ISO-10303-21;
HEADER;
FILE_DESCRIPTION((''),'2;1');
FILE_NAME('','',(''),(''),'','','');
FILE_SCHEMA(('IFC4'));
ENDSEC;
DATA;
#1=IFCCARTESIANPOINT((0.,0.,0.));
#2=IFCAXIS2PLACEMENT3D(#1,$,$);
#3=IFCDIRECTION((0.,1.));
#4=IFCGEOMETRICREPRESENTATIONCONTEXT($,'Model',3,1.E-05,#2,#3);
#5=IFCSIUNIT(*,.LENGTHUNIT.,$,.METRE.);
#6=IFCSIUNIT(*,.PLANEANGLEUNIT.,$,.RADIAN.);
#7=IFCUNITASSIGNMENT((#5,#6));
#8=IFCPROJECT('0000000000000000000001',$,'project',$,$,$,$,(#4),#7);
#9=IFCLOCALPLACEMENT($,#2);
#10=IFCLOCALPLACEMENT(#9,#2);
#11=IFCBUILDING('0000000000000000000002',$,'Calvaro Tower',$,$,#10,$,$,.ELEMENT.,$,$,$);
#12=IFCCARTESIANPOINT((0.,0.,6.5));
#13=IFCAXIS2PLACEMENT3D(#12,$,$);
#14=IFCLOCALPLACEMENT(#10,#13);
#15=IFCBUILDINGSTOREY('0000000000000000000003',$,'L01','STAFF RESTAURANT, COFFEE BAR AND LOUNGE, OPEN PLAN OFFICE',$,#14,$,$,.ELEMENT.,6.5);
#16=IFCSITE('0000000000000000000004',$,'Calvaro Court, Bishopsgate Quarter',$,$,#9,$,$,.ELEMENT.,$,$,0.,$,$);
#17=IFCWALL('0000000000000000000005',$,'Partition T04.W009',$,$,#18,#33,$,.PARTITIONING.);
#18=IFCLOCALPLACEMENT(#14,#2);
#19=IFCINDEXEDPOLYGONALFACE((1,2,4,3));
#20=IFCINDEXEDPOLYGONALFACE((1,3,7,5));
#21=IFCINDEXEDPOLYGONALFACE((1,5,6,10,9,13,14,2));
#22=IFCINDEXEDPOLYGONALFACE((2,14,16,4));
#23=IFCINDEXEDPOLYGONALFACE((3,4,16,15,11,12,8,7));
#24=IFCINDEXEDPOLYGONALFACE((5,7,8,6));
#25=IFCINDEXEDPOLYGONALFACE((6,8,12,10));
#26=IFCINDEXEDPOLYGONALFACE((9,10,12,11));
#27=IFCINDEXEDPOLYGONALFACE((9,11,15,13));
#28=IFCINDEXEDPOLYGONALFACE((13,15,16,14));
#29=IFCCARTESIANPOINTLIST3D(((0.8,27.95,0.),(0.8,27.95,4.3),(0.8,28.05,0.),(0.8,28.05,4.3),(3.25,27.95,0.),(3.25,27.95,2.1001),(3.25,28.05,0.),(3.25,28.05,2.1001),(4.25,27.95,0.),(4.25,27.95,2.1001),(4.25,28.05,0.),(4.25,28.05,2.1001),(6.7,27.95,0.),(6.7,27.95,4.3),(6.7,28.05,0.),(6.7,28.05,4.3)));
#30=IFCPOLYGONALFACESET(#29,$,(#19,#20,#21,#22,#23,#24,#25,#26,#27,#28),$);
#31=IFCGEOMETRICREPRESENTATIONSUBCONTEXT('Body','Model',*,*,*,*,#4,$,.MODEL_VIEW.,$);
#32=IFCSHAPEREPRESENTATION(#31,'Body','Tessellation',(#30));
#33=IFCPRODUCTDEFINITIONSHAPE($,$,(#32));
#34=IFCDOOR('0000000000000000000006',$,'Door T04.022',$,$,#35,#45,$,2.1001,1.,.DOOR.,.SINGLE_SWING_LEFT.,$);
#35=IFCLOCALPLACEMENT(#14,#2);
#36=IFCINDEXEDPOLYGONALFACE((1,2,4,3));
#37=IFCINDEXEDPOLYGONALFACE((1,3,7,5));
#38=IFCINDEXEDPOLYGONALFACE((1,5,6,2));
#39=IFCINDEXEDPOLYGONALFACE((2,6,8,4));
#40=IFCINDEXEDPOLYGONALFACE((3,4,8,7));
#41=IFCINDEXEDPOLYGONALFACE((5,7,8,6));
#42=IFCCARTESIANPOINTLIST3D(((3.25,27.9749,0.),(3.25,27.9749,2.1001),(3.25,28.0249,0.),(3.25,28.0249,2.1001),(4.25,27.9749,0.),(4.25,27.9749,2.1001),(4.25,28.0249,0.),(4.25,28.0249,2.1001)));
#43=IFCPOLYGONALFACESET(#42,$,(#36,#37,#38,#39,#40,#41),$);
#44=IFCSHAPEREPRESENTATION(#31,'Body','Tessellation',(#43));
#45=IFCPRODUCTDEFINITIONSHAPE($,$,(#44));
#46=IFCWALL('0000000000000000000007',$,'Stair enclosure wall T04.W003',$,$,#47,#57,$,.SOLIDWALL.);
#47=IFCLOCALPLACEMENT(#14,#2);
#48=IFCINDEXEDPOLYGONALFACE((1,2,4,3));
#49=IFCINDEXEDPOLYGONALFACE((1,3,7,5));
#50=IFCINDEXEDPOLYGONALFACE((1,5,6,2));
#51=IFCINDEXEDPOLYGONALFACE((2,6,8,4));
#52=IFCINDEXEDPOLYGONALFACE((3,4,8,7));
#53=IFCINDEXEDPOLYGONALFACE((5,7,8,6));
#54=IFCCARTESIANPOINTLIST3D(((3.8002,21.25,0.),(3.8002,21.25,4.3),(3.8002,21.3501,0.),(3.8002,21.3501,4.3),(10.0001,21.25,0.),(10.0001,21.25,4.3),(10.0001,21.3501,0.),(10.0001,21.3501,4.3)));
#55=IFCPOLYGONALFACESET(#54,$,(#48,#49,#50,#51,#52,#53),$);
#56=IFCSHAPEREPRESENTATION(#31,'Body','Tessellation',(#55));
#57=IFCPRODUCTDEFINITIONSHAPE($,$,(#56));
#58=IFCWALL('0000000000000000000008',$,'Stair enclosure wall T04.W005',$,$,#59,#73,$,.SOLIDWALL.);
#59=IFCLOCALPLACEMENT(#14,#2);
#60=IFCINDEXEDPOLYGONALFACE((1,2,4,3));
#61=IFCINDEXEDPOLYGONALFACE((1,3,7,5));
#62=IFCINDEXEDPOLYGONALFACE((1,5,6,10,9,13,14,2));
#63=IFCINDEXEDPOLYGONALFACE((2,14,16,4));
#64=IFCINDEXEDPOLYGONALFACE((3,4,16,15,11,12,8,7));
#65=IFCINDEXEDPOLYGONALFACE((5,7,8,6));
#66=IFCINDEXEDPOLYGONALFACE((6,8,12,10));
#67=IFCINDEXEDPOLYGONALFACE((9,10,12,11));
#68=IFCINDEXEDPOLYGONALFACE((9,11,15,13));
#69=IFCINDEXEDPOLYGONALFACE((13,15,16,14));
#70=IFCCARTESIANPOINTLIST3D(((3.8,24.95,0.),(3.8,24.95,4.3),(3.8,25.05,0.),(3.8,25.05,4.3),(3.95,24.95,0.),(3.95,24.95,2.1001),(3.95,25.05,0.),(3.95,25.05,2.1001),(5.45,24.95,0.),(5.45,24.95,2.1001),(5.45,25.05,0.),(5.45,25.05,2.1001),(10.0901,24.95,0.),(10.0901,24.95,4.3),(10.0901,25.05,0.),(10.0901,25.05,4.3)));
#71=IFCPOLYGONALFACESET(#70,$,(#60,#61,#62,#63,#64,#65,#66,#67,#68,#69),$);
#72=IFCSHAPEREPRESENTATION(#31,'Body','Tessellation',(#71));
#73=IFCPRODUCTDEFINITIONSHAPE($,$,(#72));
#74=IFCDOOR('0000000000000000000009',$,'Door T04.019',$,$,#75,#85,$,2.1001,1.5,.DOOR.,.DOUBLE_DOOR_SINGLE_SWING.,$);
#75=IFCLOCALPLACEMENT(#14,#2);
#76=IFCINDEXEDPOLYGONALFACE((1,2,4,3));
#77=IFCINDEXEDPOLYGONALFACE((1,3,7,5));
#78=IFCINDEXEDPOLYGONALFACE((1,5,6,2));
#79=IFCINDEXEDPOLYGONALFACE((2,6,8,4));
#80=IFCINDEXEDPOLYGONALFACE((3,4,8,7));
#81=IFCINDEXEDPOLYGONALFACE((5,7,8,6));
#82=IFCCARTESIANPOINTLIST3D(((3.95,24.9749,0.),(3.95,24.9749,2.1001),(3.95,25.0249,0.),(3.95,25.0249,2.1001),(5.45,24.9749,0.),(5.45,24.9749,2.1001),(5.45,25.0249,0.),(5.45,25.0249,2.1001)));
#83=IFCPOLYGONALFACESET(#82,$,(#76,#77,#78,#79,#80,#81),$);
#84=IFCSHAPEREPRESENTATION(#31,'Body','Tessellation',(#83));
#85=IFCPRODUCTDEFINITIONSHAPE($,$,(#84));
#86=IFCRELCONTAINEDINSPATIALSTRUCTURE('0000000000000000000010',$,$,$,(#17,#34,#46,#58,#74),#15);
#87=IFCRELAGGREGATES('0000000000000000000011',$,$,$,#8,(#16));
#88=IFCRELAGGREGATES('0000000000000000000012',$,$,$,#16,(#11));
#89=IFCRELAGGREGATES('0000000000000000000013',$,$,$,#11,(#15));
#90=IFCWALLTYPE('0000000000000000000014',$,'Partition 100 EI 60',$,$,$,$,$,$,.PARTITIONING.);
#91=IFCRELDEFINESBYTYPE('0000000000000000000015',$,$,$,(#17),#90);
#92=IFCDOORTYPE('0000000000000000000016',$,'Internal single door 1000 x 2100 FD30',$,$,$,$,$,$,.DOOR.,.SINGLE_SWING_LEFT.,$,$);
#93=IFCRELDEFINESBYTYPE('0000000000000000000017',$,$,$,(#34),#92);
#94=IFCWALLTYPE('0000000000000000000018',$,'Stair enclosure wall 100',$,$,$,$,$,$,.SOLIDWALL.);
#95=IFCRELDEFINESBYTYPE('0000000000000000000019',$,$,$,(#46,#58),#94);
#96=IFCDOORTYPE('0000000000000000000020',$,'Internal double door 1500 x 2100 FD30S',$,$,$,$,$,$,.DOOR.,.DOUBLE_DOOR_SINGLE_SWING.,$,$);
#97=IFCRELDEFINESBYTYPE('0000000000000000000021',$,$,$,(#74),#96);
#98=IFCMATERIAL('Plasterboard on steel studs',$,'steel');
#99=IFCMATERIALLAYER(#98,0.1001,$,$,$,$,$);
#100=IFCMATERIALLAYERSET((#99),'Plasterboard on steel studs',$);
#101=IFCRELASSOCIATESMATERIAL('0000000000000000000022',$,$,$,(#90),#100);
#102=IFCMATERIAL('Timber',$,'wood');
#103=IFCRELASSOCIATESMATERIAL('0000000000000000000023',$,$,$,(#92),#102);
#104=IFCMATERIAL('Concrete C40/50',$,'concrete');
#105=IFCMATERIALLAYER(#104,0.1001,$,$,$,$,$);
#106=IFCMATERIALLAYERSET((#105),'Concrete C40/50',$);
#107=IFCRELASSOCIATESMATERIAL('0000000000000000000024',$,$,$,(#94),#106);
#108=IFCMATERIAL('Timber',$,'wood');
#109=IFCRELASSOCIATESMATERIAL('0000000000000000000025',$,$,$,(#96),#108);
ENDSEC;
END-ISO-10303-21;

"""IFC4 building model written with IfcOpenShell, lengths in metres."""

from ifc_helpers import new_model, si_unit, direction, frame, frame_2d, origin, place, context, subcontext, project, spatial, rectangle, extrude, material, layer, layer_set, type_object, element, fill, save


model = new_model("IFC4")

# Units and contexts
model_context = context("Model", 3, precision=1e-05, world=origin(), true_north=direction((0.0, 1.0)))
body_context = subcontext(model_context, "Body", "Model", "MODEL_VIEW")
ifc_project = project(units=[si_unit("LENGTHUNIT", "METRE"), si_unit("PLANEANGLEUNIT", "RADIAN")], contexts=[model_context])

# Site, building, storey
site_placement = place(None, origin())
site = spatial("IfcSite", under=ifc_project, at=site_placement, Name="Calvaro Court, Bishopsgate Quarter", CompositionType="ELEMENT", RefElevation=0.0)
building_placement = place(site_placement, origin())
building = spatial("IfcBuilding", under=site, at=building_placement, Name="Calvaro Tower", CompositionType="ELEMENT")
storey_placement = place(building_placement, frame((0.0, 0.0, 6.5)))
storey = spatial("IfcBuildingStorey", under=building, at=storey_placement, Name="L01", Description="STAFF RESTAURANT, COFFEE BAR AND LOUNGE, OPEN PLAN OFFICE", CompositionType="ELEMENT", Elevation=6.5)

# Wall, opening, door
ifc_material_1 = material(Name="Plasterboard on steel studs", Category="steel")
ifc_layer_1 = layer(ifc_material_1, 0.1001)
ifc_layer_set_1 = layer_set([ifc_layer_1], Name="Plasterboard on steel studs")
wall_type_1 = type_object("IfcWallType", Name="Partition 100 EI 60", PredefinedType="PARTITIONING", material=ifc_layer_set_1)
wall_1_placement = place(storey_placement, frame((0.8, 28.0, 0.0), z_axis=(0.0, 0.0, 1.0), x_axis=(1.0, 0.0, 0.0)))
wall_1 = element("IfcWall", 1, at=wall_1_placement, inside=storey, type_object=wall_type_1, Name="Partition T04.W009", PredefinedType="PARTITIONING", context=body_context, shape_type="SweptSolid", body=[
    extrude(rectangle(XDim=5.8999, YDim=0.1001, at=frame_2d((2.95, 0.0))), origin(), (0.0, 0.0, 1.0), 4.3),
])
opening_1_placement = place(wall_1_placement, frame((2.45, 0.0, 0.0)))
opening_1 = element("IfcOpeningElement", 2, at=opening_1_placement, cuts=wall_1, PredefinedType="OPENING", context=body_context, shape_type="SweptSolid", body=[
    extrude(rectangle(XDim=1.0, YDim=2.1001, at=frame_2d((0.5, 1.05))), frame((0.0, 0.0601, 0.0), z_axis=(0.0, -1.0, 0.0), x_axis=(1.0, 0.0, 0.0)), (0.0, 0.0, 1.0), 0.1201),
])
ifc_material_2 = material(Name="Timber", Category="wood")
door_type_1 = type_object("IfcDoorType", Name="Internal single door 1000 x 2100 FD30", OperationType="SINGLE_SWING_LEFT", PredefinedType="DOOR", material=ifc_material_2)
door_1_placement = place(opening_1_placement, origin())
door_1 = element("IfcDoor", 3, at=door_1_placement, inside=storey, type_object=door_type_1, Name="Door T04.022", OperationType="SINGLE_SWING_LEFT", OverallHeight=2.1001, OverallWidth=1.0, PredefinedType="DOOR", context=body_context, shape_type="SweptSolid", body=[
    extrude(rectangle(XDim=1.0, YDim=2.1001, at=frame_2d((0.5, 1.05))), frame((0.0, 0.0249, 0.0), z_axis=(0.0, -1.0, 0.0), x_axis=(1.0, 0.0, 0.0)), (0.0, 0.0, 1.0), 0.05),
])
fill(opening_1, door_1)

# Wall
ifc_material_3 = material(Name="Concrete C40/50", Category="concrete")
ifc_layer_2 = layer(ifc_material_3, 0.1001)
ifc_layer_set_2 = layer_set([ifc_layer_2], Name="Concrete C40/50")
wall_type_2 = type_object("IfcWallType", Name="Stair enclosure wall 100", PredefinedType="SOLIDWALL", material=ifc_layer_set_2)
wall_2_placement = place(storey_placement, frame((3.8, 21.3, 0.0), z_axis=(0.0, 0.0, 1.0), x_axis=(1.0, 0.0, 0.0)))
element("IfcWall", 4, at=wall_2_placement, inside=storey, type_object=wall_type_2, Name="Stair enclosure wall T04.W003", PredefinedType="SOLIDWALL", context=body_context, shape_type="SweptSolid", body=[
    extrude(rectangle(XDim=6.2, YDim=0.1001, at=frame_2d((3.1001, 0.0))), origin(), (0.0, 0.0, 1.0), 4.3),
])

# Wall, opening, door
wall_3_placement = place(storey_placement, frame((3.8, 25.0, 0.0), z_axis=(0.0, 0.0, 1.0), x_axis=(1.0, 0.0, 0.0)))
wall_3 = element("IfcWall", 5, at=wall_3_placement, inside=storey, type_object=wall_type_2, Name="Stair enclosure wall T04.W005", PredefinedType="SOLIDWALL", context=body_context, shape_type="SweptSolid", body=[
    extrude(rectangle(XDim=6.29, YDim=0.1001, at=frame_2d((3.145, 0.0))), origin(), (0.0, 0.0, 1.0), 4.3),
])
opening_2_placement = place(wall_3_placement, frame((0.1499, 0.0, 0.0)))
opening_2 = element("IfcOpeningElement", 6, at=opening_2_placement, cuts=wall_3, PredefinedType="OPENING", context=body_context, shape_type="SweptSolid", body=[
    extrude(rectangle(XDim=1.5, YDim=2.1001, at=frame_2d((0.75, 1.05))), frame((0.0, 0.0601, 0.0), z_axis=(0.0, -1.0, 0.0), x_axis=(1.0, 0.0, 0.0)), (0.0, 0.0, 1.0), 0.1201),
])
ifc_material_4 = material(Name="Timber", Category="wood")
door_type_2 = type_object("IfcDoorType", Name="Internal double door 1500 x 2100 FD30S", OperationType="DOUBLE_DOOR_SINGLE_SWING", PredefinedType="DOOR", material=ifc_material_4)
door_2_placement = place(opening_2_placement, origin())
door_2 = element("IfcDoor", 7, at=door_2_placement, inside=storey, type_object=door_type_2, Name="Door T04.019", OperationType="DOUBLE_DOOR_SINGLE_SWING", OverallHeight=2.1001, OverallWidth=1.5, PredefinedType="DOOR", context=body_context, shape_type="SweptSolid", body=[
    extrude(rectangle(XDim=1.5, YDim=2.1001, at=frame_2d((0.75, 1.05))), frame((0.0, 0.0249, 0.0), z_axis=(0.0, -1.0, 0.0), x_axis=(1.0, 0.0, 0.0)), (0.0, 0.0, 1.0), 0.05),
])
fill(opening_2, door_2)

save(model, "model.ifc")
